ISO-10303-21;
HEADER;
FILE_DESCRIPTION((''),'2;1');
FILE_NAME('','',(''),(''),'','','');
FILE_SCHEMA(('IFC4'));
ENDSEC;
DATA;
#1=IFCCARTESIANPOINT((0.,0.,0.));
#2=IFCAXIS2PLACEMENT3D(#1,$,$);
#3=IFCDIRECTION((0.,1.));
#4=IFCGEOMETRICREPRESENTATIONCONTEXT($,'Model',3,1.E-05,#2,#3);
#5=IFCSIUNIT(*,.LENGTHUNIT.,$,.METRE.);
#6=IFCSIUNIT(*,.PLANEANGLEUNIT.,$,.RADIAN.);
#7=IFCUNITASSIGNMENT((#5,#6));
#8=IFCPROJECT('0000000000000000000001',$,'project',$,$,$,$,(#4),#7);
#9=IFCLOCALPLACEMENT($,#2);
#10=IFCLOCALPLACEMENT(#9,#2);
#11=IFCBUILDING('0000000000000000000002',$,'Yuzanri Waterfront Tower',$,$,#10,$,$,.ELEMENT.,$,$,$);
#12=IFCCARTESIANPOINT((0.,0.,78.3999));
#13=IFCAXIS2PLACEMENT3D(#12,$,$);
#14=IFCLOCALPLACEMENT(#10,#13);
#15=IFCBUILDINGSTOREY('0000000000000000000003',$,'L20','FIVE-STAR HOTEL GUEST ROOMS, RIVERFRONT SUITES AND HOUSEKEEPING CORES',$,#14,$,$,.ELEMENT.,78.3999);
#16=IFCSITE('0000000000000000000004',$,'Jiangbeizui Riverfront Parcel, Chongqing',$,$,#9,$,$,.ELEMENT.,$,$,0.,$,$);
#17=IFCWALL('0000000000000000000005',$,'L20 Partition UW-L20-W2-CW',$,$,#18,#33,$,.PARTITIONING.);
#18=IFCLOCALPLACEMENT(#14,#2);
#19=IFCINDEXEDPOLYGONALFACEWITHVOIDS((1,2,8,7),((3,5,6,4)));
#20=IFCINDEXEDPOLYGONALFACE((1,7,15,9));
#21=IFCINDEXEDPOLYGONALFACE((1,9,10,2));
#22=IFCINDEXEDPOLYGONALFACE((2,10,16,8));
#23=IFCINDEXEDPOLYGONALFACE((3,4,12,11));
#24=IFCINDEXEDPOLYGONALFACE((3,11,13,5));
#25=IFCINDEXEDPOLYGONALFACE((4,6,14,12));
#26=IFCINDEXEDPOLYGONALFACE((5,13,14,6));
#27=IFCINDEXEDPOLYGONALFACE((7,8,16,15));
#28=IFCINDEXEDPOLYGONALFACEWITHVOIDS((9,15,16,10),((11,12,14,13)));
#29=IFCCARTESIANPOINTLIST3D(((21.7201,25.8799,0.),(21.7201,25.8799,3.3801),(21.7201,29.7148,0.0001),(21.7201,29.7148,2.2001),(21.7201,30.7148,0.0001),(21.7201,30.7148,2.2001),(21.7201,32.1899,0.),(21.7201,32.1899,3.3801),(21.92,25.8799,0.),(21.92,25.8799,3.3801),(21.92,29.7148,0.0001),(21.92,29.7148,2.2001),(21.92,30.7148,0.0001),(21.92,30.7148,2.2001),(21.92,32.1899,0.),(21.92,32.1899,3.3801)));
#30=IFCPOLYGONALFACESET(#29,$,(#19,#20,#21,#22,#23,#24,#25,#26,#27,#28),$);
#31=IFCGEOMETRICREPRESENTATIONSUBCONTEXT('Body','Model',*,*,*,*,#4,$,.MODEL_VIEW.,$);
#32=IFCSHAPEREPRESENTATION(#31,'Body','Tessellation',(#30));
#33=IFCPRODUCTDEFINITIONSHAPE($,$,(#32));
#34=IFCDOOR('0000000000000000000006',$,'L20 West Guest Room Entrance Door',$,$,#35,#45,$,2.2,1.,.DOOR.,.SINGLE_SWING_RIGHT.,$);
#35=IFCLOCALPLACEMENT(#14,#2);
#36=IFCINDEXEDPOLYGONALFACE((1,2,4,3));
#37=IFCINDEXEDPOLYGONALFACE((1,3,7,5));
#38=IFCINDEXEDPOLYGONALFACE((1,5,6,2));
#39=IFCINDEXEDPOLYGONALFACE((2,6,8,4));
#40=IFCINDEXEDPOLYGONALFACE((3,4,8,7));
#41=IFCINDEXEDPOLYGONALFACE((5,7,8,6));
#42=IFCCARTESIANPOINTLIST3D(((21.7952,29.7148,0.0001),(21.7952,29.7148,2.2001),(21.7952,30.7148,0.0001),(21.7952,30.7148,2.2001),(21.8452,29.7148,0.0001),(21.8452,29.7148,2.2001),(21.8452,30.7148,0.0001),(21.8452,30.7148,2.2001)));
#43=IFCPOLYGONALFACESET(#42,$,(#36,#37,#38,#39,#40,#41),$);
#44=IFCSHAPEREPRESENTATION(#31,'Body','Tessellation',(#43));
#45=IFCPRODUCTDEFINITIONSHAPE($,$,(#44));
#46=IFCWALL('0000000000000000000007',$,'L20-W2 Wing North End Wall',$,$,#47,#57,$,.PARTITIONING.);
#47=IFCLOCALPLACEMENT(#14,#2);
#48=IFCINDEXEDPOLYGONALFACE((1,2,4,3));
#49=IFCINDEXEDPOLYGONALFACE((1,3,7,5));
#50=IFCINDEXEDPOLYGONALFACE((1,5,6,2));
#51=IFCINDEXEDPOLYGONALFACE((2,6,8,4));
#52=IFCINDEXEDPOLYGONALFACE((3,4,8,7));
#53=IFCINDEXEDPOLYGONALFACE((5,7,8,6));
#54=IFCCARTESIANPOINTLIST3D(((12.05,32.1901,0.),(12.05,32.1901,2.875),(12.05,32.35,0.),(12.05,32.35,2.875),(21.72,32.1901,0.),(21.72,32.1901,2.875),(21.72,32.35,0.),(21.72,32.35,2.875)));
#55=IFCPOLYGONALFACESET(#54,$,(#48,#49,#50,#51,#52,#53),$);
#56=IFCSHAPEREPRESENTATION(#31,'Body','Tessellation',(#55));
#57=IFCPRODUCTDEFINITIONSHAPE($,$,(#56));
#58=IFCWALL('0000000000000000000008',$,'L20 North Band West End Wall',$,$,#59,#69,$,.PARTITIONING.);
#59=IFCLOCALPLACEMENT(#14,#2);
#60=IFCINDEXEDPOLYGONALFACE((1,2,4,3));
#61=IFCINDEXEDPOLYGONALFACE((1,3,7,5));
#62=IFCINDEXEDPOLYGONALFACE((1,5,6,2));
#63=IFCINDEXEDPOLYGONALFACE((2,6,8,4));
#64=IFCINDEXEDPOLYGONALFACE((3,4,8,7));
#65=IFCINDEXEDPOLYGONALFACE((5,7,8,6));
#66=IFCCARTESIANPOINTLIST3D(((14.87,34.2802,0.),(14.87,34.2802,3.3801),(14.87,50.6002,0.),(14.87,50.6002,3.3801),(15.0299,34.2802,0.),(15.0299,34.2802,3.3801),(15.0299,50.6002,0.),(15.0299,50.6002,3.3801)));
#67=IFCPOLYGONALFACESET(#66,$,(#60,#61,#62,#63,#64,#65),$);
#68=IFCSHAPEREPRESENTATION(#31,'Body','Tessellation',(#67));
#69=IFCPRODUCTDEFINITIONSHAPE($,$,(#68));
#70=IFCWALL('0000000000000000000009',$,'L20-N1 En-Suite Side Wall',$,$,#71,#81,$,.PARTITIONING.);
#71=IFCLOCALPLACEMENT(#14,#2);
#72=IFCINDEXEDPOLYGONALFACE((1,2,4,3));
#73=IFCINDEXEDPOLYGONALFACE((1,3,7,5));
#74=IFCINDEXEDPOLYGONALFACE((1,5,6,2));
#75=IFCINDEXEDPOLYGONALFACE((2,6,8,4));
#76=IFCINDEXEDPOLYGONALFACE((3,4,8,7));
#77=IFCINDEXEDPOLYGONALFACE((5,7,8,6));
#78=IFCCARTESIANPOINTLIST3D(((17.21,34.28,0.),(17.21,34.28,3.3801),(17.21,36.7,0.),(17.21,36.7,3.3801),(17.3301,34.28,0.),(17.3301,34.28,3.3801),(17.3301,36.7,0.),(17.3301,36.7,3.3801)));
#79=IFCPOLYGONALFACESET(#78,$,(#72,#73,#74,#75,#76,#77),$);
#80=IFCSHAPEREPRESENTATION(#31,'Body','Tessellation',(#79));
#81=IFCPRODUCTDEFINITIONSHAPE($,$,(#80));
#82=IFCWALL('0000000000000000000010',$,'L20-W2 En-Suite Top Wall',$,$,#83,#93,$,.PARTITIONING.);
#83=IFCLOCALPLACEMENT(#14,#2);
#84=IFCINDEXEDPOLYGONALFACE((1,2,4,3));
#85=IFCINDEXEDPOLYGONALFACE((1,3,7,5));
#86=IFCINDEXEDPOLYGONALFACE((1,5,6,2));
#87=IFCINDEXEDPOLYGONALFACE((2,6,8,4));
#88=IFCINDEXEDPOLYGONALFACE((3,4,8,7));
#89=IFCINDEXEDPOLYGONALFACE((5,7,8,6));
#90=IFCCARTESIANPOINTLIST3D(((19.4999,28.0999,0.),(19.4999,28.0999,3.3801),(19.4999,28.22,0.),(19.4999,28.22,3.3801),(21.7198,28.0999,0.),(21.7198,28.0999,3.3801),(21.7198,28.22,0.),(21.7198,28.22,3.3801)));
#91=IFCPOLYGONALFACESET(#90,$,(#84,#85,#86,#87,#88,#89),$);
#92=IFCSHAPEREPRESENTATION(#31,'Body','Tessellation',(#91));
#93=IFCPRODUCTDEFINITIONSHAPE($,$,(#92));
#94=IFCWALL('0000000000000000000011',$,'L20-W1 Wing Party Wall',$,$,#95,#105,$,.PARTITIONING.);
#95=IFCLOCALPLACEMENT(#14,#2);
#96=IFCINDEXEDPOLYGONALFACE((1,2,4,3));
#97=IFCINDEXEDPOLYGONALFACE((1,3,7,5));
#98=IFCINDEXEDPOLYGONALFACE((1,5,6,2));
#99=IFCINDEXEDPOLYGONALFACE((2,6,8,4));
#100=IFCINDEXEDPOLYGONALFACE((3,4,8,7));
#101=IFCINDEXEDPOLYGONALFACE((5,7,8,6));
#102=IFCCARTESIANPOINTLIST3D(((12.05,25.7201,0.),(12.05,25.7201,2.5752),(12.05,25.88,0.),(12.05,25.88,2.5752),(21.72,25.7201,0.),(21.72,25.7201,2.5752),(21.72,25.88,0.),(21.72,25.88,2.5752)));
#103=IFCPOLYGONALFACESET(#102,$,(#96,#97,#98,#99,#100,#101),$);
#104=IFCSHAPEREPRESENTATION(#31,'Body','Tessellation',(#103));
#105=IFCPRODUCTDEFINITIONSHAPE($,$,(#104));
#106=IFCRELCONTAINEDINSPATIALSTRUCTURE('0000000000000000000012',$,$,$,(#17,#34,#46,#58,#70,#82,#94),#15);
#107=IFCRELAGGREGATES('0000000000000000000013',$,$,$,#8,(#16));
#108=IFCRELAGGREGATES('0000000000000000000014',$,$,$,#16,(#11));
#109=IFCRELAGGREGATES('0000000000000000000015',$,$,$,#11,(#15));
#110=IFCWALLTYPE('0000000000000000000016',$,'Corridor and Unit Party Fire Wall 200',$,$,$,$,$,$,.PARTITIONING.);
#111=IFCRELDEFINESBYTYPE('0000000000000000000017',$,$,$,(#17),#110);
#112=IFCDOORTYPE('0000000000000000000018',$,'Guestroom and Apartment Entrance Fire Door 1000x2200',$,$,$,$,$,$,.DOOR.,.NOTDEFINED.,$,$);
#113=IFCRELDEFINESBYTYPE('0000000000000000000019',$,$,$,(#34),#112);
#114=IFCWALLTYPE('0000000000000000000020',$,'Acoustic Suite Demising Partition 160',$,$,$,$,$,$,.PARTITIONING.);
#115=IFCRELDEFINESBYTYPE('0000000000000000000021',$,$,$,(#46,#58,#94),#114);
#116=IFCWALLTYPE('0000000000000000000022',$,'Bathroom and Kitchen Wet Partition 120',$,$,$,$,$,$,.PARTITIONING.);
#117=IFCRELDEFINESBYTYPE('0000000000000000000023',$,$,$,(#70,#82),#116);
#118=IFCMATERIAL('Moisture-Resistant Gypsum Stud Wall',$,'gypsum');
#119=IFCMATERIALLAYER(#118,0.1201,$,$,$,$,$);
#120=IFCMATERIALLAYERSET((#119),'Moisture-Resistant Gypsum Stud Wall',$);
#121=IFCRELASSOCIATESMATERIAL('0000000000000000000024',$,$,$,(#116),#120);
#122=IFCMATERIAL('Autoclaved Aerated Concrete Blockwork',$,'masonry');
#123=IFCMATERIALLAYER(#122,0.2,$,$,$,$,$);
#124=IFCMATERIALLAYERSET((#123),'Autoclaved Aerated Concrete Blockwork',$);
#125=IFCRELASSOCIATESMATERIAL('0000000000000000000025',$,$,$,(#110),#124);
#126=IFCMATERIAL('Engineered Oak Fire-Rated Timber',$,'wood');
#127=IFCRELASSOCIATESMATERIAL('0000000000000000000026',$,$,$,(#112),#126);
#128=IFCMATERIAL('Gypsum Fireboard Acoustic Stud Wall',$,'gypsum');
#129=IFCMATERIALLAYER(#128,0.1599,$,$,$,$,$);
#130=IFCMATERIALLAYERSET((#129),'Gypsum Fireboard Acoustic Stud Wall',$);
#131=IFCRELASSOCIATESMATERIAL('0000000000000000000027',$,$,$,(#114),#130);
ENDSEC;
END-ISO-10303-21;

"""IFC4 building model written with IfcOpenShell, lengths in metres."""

from ifc_helpers import new_model, si_unit, direction, frame, frame_2d, origin, place, context, subcontext, project, spatial, rectangle, extrude, source, transform, mapped, material, layer, layer_set, type_object, element, fill, save


model = new_model("IFC4")

# Units and contexts
model_context = context("Model", 3, precision=1e-05, world=origin(), true_north=direction((0.0, 1.0)))
body_context = subcontext(model_context, "Body", "Model", "MODEL_VIEW")
ifc_project = project(units=[si_unit("LENGTHUNIT", "METRE"), si_unit("PLANEANGLEUNIT", "RADIAN")], contexts=[model_context])

# Site, building, storey
site_placement = place(None, origin())
site = spatial("IfcSite", under=ifc_project, at=site_placement, Name="Jiangbeizui Riverfront Parcel, Chongqing", CompositionType="ELEMENT", RefElevation=0.0)
building_placement = place(site_placement, origin())
building = spatial("IfcBuilding", under=site, at=building_placement, Name="Yuzanri Waterfront Tower", CompositionType="ELEMENT")
storey_placement = place(building_placement, frame((0.0, 0.0, 78.3999)))
storey = spatial("IfcBuildingStorey", under=building, at=storey_placement, Name="L20", Description="FIVE-STAR HOTEL GUEST ROOMS, RIVERFRONT SUITES AND HOUSEKEEPING CORES", CompositionType="ELEMENT", Elevation=78.3999)

# Shared definitions
ifc_material_1 = material(Name="Moisture-Resistant Gypsum Stud Wall", Category="gypsum")
ifc_layer_1 = layer(ifc_material_1, 0.1201)
ifc_layer_set_1 = layer_set([ifc_layer_1], Name="Moisture-Resistant Gypsum Stud Wall")
wall_type_1 = type_object("IfcWallType", Name="Bathroom and Kitchen Wet Partition 120", PredefinedType="PARTITIONING", material=ifc_layer_set_1)

# Wall, opening, door
ifc_material_2 = material(Name="Autoclaved Aerated Concrete Blockwork", Category="masonry")
ifc_layer_2 = layer(ifc_material_2, 0.2)
ifc_layer_set_2 = layer_set([ifc_layer_2], Name="Autoclaved Aerated Concrete Blockwork")
wall_type_2 = type_object("IfcWallType", Name="Corridor and Unit Party Fire Wall 200", PredefinedType="PARTITIONING", material=ifc_layer_set_2)
ifc_material_3 = material(Name="Engineered Oak Fire-Rated Timber", Category="wood")
door_type_1 = type_object("IfcDoorType", Name="Guestroom and Apartment Entrance Fire Door 1000x2200", OperationType="NOTDEFINED", PredefinedType="DOOR", material=ifc_material_3)
shared_shape_1 = source(origin(), body_context, "Body", "SweptSolid", [
    extrude(rectangle(XDim=1.0, YDim=2.2, at=frame_2d((0.5, 1.1001))), frame((0.0, 0.0249, 0.0), z_axis=(0.0, -1.0, 0.0), x_axis=(1.0, 0.0, 0.0)), (0.0, 0.0, 1.0), 0.05),
])
wall_1_placement = place(storey_placement, frame((21.8201, 25.8799, 0.0), z_axis=(0.0, 0.0, 1.0), x_axis=(0.0, 1.0, 0.0)))
wall_1 = element("IfcWall", 1, at=wall_1_placement, inside=storey, type_object=wall_type_2, Name="L20 Partition UW-L20-W2-CW", PredefinedType="PARTITIONING", context=body_context, shape_type="SweptSolid", body=[
    extrude(rectangle(XDim=6.3101, YDim=0.2, at=frame_2d((3.155, 0.0))), origin(), (0.0, 0.0, 1.0), 3.3801),
])
opening_1_placement = place(wall_1_placement, frame((3.835, 0.0, 0.0)))
opening_1 = element("IfcOpeningElement", 2, at=opening_1_placement, cuts=wall_1, PredefinedType="OPENING", context=body_context, shape_type="SweptSolid", body=[
    extrude(rectangle(XDim=1.0, YDim=2.2, at=frame_2d((0.5, 1.1001))), frame((0.0, 0.1147, 0.0), z_axis=(0.0, -1.0, 0.0), x_axis=(1.0, 0.0, 0.0)), (0.0, 0.0, 1.0), 0.2297),
])
door_1_placement = place(opening_1_placement, origin())
door_1 = element("IfcDoor", 3, at=door_1_placement, inside=storey, type_object=door_type_1, Name="L20 West Guest Room Entrance Door", OperationType="SINGLE_SWING_RIGHT", OverallHeight=2.2, OverallWidth=1.0, PredefinedType="DOOR", context=body_context, shape_type="MappedRepresentation", body=[
    mapped(shared_shape_1, transform((0.0, 0.0, 0.0), scale=1.0)),
])
fill(opening_1, door_1)

# Walls
ifc_material_4 = material(Name="Gypsum Fireboard Acoustic Stud Wall", Category="gypsum")
ifc_layer_3 = layer(ifc_material_4, 0.1599)
ifc_layer_set_3 = layer_set([ifc_layer_3], Name="Gypsum Fireboard Acoustic Stud Wall")
wall_type_3 = type_object("IfcWallType", Name="Acoustic Suite Demising Partition 160", PredefinedType="PARTITIONING", material=ifc_layer_set_3)
shared_shape_2 = source(origin(), body_context, "Body", "SweptSolid", [
    extrude(rectangle(XDim=9.6699, YDim=0.1599, at=frame_2d((4.835, 0.0))), origin(), (0.0, 0.0, 1.0), 2.875),
])
wall_2_placement = place(storey_placement, frame((12.05, 32.27, 0.0), z_axis=(0.0, 0.0, 1.0), x_axis=(1.0, 0.0, 0.0)))
element("IfcWall", 4, at=wall_2_placement, inside=storey, type_object=wall_type_3, Name="L20-W2 Wing North End Wall", PredefinedType="PARTITIONING", context=body_context, shape_type="MappedRepresentation", body=[
    mapped(shared_shape_2, transform((0.0, 0.0, 0.0), scale=1.0)),
])
shared_shape_3 = source(origin(), body_context, "Body", "SweptSolid", [
    extrude(rectangle(XDim=16.3201, YDim=0.1599, at=frame_2d((8.1602, 0.0))), origin(), (0.0, 0.0, 1.0), 3.3801),
])
wall_3_placement = place(storey_placement, frame((14.95, 34.28, 0.0), z_axis=(0.0, 0.0, 1.0), x_axis=(0.0, 1.0, 0.0)))
element("IfcWall", 5, at=wall_3_placement, inside=storey, type_object=wall_type_3, Name="L20 North Band West End Wall", PredefinedType="PARTITIONING", context=body_context, shape_type="MappedRepresentation", body=[
    mapped(shared_shape_3, transform((0.0, 0.0, 0.0), scale=1.0)),
])
shared_shape_4 = source(origin(), body_context, "Body", "SweptSolid", [
    extrude(rectangle(XDim=2.4199, YDim=0.1201, at=frame_2d((1.21, 0.0))), origin(), (0.0, 0.0, 1.0), 3.3801),
])
wall_4_placement = place(storey_placement, frame((17.27, 34.28, 0.0), z_axis=(0.0, 0.0, 1.0), x_axis=(0.0, 1.0, 0.0)))
element("IfcWall", 6, at=wall_4_placement, inside=storey, type_object=wall_type_1, Name="L20-N1 En-Suite Side Wall", PredefinedType="PARTITIONING", context=body_context, shape_type="MappedRepresentation", body=[
    mapped(shared_shape_4, transform((0.0, 0.0, 0.0), scale=1.0)),
])
shared_shape_5 = source(origin(), body_context, "Body", "SweptSolid", [
    extrude(rectangle(XDim=2.22, YDim=0.1201, at=frame_2d((1.1099, 0.0))), origin(), (0.0, 0.0, 1.0), 3.3801),
])
wall_5_placement = place(storey_placement, frame((19.5, 28.1599, 0.0), z_axis=(0.0, 0.0, 1.0), x_axis=(1.0, 0.0, 0.0)))
element("IfcWall", 7, at=wall_5_placement, inside=storey, type_object=wall_type_1, Name="L20-W2 En-Suite Top Wall", PredefinedType="PARTITIONING", context=body_context, shape_type="MappedRepresentation", body=[
    mapped(shared_shape_5, transform((0.0, 0.0, 0.0), scale=1.0)),
])
shared_shape_6 = source(origin(), body_context, "Body", "SweptSolid", [
    extrude(rectangle(XDim=9.6699, YDim=0.1599, at=frame_2d((4.835, 0.0))), origin(), (0.0, 0.0, 1.0), 2.5752),
])
wall_6_placement = place(storey_placement, frame((12.05, 25.8, 0.0), z_axis=(0.0, 0.0, 1.0), x_axis=(1.0, 0.0, 0.0)))
element("IfcWall", 8, at=wall_6_placement, inside=storey, type_object=wall_type_3, Name="L20-W1 Wing Party Wall", PredefinedType="PARTITIONING", context=body_context, shape_type="MappedRepresentation", body=[
    mapped(shared_shape_6, transform((0.0, 0.0, 0.0), scale=1.0)),
])

save(model, "model.ifc")
